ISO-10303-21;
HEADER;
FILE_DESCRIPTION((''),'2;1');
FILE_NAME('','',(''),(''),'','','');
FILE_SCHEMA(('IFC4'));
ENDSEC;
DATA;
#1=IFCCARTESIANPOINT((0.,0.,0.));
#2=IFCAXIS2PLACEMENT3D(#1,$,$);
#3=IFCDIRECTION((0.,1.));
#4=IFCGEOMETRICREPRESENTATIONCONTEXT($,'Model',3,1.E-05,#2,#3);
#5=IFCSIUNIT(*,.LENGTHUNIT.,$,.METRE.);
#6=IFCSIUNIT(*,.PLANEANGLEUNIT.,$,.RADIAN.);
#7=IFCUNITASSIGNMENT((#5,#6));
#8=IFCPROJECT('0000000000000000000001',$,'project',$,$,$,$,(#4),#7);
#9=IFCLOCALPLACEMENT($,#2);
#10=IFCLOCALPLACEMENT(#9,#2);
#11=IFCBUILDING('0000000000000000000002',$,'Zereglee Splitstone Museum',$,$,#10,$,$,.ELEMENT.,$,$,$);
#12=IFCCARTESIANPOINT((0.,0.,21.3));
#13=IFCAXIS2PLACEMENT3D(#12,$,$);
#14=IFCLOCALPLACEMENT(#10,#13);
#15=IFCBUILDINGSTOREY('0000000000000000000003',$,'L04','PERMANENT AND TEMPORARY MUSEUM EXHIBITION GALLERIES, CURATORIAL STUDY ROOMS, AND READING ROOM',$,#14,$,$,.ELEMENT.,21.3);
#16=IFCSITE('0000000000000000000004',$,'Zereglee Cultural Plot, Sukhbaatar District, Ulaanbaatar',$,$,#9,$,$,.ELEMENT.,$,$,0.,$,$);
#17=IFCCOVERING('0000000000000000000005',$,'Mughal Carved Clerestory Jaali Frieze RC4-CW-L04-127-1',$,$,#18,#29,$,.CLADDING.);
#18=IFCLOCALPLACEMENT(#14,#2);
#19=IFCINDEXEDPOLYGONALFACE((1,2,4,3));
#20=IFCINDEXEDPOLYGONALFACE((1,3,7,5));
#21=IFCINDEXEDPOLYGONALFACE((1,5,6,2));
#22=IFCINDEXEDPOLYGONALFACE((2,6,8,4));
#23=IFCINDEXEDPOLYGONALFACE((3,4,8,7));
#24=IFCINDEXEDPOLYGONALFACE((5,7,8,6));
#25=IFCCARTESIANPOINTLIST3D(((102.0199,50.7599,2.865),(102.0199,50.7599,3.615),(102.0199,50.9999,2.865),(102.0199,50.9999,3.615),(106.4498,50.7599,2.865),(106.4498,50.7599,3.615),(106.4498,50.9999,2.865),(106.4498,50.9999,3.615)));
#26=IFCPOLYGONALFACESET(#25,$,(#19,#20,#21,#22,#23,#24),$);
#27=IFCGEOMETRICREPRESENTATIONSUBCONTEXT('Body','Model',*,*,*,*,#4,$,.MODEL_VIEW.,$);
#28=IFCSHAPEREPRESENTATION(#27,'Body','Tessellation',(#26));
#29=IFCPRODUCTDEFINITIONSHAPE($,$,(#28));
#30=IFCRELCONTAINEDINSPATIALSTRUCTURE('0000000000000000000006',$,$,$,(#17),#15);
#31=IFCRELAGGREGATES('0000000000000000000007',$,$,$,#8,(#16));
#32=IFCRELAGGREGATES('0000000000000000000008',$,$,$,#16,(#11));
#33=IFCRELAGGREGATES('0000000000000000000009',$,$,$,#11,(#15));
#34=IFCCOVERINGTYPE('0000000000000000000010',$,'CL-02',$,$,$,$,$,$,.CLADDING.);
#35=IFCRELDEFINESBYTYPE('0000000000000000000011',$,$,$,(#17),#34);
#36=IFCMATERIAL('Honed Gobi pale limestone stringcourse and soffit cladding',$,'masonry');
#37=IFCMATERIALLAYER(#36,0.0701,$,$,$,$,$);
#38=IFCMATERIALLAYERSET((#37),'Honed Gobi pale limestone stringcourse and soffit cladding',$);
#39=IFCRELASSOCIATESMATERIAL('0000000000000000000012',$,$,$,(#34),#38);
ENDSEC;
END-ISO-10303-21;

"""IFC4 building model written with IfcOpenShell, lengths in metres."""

from ifc_helpers import new_model, si_unit, direction, frame, origin, origin_2d, place, context, subcontext, project, spatial, rectangle, extrude, material, layer, layer_set, type_object, element, save


model = new_model("IFC4")

# Units and contexts
model_context = context("Model", 3, precision=1e-05, world=origin(), true_north=direction((0.0, 1.0)))
body_context = subcontext(model_context, "Body", "Model", "MODEL_VIEW")
ifc_project = project(units=[si_unit("LENGTHUNIT", "METRE"), si_unit("PLANEANGLEUNIT", "RADIAN")], contexts=[model_context])

# Site, building, storey
site_placement = place(None, origin())
site = spatial("IfcSite", under=ifc_project, at=site_placement, Name="Zereglee Cultural Plot, Sukhbaatar District, Ulaanbaatar", CompositionType="ELEMENT", RefElevation=0.0)
building_placement = place(site_placement, origin())
building = spatial("IfcBuilding", under=site, at=building_placement, Name="Zereglee Splitstone Museum", CompositionType="ELEMENT")
storey_placement = place(building_placement, frame((0.0, 0.0, 21.3)))
storey = spatial("IfcBuildingStorey", under=building, at=storey_placement, Name="L04", Description="PERMANENT AND TEMPORARY MUSEUM EXHIBITION GALLERIES, CURATORIAL STUDY ROOMS, AND READING ROOM", CompositionType="ELEMENT", Elevation=21.3)

# Covering
ifc_material_1 = material(Name="Honed Gobi pale limestone stringcourse and soffit cladding", Category="masonry")
ifc_layer_1 = layer(ifc_material_1, 0.0701)
ifc_layer_set_1 = layer_set([ifc_layer_1], Name="Honed Gobi pale limestone stringcourse and soffit cladding")
covering_type = type_object("IfcCoveringType", Name="CL-02", PredefinedType="CLADDING", material=ifc_layer_set_1)
covering_placement = place(storey_placement, frame((104.2349, 50.8799, 2.865), z_axis=(0.0, 0.0, 1.0), x_axis=(-1.0, 0.0, 0.0)))
element("IfcCovering", 1, at=covering_placement, inside=storey, type_object=covering_type, Name="Mughal Carved Clerestory Jaali Frieze RC4-CW-L04-127-1", PredefinedType="CLADDING", context=body_context, shape_type="SweptSolid", body=[
    extrude(rectangle(XDim=4.4299, YDim=0.24, at=origin_2d()), origin(), (0.0, 0.0, 1.0), 0.75),
])

save(model, "model.ifc")
